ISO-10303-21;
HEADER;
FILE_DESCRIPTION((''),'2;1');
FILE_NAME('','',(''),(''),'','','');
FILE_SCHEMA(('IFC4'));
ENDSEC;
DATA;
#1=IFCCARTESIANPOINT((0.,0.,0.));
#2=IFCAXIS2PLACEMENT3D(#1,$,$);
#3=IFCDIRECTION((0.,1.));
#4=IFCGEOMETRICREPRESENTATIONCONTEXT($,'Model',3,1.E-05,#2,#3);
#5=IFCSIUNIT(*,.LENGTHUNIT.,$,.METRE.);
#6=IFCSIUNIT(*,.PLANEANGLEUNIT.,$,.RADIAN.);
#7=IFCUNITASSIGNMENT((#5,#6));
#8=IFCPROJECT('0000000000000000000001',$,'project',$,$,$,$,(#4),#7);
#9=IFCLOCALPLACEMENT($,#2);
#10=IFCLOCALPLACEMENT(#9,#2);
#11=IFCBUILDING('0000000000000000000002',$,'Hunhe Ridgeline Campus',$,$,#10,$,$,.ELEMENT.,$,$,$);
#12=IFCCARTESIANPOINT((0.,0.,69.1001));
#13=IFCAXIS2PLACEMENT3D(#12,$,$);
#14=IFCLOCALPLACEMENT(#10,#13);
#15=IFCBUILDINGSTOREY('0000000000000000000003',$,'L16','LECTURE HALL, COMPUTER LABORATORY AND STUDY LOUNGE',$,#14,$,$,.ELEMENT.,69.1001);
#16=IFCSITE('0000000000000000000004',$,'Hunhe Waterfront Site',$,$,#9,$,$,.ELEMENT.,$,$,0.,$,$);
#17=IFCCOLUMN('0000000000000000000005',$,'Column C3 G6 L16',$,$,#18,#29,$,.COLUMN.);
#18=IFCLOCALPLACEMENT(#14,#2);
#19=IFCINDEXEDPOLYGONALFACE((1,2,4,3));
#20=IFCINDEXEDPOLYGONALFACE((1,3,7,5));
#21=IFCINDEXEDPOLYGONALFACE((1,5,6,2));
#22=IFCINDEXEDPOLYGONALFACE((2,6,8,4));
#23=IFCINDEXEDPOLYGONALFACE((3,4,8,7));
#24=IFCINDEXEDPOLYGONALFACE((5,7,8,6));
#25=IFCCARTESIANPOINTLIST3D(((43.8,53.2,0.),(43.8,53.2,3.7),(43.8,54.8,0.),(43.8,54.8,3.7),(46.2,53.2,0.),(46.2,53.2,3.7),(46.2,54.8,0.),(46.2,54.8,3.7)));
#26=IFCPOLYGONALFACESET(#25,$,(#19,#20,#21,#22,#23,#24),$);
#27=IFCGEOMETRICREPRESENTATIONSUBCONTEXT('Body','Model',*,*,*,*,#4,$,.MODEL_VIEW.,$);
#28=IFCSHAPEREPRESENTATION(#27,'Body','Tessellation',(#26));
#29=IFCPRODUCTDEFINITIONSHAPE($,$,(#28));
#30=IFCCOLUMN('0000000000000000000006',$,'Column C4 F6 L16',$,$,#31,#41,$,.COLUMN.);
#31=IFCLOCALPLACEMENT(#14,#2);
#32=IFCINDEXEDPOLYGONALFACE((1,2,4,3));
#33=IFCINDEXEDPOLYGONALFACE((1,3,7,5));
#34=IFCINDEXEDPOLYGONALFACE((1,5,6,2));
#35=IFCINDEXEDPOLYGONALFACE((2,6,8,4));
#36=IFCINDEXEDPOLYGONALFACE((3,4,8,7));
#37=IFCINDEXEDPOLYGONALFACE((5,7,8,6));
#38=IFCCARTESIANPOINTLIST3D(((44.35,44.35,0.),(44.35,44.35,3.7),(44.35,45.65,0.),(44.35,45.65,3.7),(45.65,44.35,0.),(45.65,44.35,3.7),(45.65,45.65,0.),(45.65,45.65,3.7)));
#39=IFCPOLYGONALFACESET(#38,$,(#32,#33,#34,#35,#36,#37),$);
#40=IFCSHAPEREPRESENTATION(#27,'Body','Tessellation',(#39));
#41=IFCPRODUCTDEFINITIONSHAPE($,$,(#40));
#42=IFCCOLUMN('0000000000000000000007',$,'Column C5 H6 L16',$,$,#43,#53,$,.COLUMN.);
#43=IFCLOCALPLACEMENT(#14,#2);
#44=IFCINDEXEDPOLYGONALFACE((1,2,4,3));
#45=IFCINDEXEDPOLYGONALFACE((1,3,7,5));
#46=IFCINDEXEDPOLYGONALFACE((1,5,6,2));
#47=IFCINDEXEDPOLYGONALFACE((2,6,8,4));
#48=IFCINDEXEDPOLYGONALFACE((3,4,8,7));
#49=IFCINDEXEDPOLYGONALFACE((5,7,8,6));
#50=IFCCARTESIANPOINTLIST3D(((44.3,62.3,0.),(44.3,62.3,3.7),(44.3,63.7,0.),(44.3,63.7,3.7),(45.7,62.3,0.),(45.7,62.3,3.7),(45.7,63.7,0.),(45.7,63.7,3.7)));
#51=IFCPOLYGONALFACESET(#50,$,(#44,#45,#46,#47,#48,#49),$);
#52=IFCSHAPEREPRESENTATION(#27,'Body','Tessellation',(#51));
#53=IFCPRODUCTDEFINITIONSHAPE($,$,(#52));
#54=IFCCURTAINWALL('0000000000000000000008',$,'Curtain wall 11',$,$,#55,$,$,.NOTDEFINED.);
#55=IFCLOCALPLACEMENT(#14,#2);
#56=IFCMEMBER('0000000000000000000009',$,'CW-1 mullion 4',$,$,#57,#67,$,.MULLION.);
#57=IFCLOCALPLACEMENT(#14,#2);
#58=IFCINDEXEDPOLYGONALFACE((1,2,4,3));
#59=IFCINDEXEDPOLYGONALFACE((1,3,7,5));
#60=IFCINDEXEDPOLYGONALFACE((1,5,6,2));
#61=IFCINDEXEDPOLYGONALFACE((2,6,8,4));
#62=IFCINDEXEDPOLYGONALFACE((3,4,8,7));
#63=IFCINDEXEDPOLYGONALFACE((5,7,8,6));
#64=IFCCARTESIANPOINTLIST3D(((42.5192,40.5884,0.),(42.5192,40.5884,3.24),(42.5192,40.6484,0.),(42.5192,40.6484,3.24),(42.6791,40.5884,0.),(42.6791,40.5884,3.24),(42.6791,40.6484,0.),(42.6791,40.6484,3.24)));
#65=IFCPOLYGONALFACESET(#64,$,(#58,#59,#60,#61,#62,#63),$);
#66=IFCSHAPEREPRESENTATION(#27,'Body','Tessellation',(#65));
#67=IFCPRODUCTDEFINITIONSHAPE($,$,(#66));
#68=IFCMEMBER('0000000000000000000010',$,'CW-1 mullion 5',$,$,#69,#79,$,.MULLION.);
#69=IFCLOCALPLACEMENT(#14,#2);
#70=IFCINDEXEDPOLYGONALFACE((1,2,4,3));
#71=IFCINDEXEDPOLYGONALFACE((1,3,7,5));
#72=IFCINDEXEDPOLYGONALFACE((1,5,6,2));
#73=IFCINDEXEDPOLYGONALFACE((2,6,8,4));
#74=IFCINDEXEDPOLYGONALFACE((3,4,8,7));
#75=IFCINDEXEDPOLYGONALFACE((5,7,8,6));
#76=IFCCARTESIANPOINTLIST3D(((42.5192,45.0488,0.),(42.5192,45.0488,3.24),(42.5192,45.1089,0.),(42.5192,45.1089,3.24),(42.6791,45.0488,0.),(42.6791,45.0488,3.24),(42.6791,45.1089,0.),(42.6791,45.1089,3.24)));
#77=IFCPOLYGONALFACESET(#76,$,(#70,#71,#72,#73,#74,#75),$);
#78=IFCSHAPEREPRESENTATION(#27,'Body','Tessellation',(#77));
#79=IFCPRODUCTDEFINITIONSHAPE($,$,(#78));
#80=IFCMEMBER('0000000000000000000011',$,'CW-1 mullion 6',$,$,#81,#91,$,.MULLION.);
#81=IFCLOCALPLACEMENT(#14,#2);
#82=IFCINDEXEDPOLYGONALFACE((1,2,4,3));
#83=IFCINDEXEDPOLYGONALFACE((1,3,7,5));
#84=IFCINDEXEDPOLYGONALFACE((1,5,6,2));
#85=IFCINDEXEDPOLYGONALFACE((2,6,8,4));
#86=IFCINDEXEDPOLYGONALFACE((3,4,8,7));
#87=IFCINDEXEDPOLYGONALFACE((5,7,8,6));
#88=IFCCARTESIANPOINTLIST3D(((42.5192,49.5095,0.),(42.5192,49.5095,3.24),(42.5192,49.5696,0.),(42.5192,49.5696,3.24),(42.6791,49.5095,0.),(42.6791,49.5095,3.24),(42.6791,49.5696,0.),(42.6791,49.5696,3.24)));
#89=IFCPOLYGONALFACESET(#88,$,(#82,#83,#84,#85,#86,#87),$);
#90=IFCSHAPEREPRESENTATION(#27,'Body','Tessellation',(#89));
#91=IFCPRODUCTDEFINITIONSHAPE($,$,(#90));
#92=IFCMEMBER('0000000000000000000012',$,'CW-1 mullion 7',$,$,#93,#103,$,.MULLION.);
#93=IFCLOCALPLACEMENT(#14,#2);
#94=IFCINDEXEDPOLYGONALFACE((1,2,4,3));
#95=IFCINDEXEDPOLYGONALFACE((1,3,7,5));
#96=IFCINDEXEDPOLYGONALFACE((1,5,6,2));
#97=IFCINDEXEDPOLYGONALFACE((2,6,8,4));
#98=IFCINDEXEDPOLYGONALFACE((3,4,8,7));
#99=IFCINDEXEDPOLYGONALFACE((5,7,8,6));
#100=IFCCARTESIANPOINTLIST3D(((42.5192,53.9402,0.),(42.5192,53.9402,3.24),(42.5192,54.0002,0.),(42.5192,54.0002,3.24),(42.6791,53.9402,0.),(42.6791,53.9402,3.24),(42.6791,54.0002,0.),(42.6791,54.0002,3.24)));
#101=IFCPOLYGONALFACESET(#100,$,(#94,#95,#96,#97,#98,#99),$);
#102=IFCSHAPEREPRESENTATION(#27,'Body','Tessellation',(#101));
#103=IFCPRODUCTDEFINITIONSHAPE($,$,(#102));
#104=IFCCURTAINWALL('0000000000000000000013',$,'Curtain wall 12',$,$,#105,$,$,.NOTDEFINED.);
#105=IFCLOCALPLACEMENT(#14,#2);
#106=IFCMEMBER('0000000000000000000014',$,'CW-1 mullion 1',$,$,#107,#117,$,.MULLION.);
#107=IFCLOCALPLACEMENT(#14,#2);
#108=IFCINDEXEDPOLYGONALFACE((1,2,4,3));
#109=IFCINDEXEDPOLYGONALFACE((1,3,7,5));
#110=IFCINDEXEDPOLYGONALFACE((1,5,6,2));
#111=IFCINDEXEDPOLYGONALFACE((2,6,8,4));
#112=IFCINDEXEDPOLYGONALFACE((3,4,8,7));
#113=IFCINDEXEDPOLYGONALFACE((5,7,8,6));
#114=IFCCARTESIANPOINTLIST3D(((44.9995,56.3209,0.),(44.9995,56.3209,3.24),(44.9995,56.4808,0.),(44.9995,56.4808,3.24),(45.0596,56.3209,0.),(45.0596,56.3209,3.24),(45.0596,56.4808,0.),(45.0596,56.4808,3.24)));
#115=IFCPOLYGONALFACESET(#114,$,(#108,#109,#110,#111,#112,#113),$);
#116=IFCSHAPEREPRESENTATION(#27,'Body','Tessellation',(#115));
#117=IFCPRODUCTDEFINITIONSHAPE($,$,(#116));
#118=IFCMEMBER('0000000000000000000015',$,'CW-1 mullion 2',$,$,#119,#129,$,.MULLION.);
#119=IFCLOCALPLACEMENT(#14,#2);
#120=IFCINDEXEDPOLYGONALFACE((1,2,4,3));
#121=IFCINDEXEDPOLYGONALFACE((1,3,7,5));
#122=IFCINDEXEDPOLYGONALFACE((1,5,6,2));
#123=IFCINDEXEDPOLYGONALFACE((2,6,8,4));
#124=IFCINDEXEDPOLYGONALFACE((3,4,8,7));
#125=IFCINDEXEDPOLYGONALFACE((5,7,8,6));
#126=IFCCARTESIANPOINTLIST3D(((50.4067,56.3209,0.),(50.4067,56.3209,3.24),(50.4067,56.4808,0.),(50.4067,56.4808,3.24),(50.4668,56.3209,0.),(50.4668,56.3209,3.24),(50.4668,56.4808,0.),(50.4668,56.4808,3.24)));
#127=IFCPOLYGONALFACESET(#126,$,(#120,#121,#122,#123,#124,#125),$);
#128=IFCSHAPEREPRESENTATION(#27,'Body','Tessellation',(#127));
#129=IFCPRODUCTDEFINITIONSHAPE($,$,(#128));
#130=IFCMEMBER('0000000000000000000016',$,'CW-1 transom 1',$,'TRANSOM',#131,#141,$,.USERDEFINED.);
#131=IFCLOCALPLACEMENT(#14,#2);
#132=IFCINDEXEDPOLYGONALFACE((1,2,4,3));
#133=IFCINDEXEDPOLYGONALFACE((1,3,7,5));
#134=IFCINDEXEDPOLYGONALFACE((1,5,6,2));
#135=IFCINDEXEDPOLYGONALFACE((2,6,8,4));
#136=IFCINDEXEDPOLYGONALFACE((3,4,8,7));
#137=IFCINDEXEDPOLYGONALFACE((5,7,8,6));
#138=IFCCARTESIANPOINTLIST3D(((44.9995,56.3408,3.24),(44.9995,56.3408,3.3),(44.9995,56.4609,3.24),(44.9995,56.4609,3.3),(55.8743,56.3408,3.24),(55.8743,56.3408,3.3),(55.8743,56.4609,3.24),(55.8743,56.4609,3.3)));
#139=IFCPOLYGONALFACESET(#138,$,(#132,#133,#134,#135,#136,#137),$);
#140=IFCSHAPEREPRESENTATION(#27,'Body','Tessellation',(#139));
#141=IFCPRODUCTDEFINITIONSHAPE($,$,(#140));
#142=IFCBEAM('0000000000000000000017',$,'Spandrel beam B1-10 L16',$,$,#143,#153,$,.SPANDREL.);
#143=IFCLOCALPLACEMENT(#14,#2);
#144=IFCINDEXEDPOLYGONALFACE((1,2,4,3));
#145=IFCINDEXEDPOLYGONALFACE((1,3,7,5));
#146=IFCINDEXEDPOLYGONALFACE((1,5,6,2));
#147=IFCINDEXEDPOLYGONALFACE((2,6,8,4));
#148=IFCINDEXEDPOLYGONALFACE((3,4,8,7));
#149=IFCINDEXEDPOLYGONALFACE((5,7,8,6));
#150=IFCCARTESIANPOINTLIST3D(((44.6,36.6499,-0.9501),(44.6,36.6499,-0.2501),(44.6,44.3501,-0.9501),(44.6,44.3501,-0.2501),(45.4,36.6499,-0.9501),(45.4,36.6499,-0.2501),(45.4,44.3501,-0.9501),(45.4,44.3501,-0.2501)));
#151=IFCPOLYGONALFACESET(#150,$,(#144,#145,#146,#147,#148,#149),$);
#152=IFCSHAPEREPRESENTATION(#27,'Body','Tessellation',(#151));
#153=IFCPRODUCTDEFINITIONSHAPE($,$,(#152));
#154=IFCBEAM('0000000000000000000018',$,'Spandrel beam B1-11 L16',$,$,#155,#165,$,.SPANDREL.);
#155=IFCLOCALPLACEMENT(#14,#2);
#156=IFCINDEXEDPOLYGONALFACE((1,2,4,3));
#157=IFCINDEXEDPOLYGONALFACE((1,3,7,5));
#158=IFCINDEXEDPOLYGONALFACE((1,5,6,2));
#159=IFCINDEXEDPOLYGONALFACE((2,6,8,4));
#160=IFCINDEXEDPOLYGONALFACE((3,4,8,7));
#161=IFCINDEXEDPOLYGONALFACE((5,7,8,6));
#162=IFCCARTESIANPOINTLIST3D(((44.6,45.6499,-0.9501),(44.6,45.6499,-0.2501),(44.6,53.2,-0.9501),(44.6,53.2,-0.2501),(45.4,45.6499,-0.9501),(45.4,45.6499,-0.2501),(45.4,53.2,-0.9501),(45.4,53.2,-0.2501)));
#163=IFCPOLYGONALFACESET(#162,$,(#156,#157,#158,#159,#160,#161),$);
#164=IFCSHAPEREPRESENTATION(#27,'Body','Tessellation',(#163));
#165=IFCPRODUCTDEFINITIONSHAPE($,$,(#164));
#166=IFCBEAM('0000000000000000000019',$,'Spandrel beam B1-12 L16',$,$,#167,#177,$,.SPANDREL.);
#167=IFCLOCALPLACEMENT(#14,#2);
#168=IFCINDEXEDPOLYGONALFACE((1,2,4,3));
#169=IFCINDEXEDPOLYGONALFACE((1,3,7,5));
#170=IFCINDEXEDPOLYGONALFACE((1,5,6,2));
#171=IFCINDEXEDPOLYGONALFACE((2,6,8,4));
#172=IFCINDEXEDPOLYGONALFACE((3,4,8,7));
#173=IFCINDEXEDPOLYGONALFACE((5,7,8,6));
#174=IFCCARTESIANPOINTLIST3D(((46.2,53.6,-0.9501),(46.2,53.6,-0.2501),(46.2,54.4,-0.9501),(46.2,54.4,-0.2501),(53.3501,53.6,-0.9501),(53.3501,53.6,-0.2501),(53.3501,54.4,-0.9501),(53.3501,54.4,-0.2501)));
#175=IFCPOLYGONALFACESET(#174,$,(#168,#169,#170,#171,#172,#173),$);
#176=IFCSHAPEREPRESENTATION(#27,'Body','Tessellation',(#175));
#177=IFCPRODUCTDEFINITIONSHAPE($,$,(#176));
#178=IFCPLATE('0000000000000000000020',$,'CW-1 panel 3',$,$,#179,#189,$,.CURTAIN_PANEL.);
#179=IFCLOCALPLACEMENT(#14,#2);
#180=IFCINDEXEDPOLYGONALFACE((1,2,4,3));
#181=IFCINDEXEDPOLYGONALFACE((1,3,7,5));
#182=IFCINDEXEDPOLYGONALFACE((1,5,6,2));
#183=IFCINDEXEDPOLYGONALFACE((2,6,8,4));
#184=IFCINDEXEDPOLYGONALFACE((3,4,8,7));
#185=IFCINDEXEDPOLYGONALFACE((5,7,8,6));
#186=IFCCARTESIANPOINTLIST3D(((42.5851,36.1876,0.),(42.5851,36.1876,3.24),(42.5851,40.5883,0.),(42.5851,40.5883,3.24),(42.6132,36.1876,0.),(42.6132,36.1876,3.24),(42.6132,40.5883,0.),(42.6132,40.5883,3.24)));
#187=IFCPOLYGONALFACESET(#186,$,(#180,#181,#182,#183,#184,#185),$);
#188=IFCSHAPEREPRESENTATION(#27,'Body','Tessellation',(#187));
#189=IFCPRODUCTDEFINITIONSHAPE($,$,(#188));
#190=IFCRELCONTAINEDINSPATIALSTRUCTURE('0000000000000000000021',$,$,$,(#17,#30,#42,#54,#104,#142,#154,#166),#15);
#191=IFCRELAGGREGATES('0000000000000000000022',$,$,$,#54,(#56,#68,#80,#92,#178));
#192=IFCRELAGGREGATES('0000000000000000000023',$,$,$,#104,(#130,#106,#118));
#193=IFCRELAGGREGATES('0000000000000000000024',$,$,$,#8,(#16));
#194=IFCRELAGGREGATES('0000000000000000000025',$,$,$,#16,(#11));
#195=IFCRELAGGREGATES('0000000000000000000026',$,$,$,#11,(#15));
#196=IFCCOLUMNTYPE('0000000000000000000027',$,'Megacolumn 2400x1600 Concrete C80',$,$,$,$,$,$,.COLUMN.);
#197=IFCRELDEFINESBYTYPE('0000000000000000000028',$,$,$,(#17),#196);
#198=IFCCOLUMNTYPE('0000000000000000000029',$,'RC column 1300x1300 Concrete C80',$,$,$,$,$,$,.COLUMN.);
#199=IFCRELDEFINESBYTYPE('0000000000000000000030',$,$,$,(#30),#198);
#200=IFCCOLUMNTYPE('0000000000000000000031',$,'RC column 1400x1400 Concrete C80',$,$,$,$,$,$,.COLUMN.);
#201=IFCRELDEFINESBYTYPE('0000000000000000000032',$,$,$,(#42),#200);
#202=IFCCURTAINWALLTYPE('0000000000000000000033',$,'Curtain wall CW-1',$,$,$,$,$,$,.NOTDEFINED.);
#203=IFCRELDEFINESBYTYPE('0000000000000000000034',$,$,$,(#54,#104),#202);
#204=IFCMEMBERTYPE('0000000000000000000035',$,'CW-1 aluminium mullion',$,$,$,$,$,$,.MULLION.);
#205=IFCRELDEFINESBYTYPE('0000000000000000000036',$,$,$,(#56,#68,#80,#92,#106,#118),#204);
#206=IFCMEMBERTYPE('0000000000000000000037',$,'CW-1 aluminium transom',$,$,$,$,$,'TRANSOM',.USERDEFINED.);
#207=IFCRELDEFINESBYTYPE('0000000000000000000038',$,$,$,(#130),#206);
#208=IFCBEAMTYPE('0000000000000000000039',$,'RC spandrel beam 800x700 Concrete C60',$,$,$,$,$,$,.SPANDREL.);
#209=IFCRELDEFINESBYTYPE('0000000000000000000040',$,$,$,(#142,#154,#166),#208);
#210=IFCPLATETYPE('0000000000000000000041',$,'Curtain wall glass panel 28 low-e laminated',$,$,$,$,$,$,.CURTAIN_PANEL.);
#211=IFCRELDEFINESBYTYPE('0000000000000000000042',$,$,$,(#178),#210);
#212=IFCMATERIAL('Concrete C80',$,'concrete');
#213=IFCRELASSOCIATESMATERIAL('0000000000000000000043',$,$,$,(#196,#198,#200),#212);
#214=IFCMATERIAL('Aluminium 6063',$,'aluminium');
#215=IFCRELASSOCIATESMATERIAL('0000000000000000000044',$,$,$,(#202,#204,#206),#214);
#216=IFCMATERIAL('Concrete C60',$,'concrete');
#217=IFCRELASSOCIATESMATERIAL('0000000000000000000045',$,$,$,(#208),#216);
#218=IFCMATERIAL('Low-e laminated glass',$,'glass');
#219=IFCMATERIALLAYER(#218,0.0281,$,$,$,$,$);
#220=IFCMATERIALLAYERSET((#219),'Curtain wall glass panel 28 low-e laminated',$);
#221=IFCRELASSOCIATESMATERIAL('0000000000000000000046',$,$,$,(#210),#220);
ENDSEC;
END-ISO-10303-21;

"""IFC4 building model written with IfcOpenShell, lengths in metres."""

from ifc_helpers import new_model, si_unit, direction, frame, origin, origin_2d, place, context, subcontext, project, spatial, rectangle, extrude, material, layer, layer_set, material_profile, profile_set, type_object, element, aggregate, save


model = new_model("IFC4")

# Units and contexts
model_context = context("Model", 3, precision=1e-05, world=origin(), true_north=direction((0.0, 1.0)))
body_context = subcontext(model_context, "Body", "Model", "MODEL_VIEW")
ifc_project = project(units=[si_unit("LENGTHUNIT", "METRE"), si_unit("PLANEANGLEUNIT", "RADIAN")], contexts=[model_context])

# Site, building, storey
site_placement = place(None, origin())
site = spatial("IfcSite", under=ifc_project, at=site_placement, Name="Hunhe Waterfront Site", CompositionType="ELEMENT", RefElevation=0.0)
building_placement = place(site_placement, origin())
building = spatial("IfcBuilding", under=site, at=building_placement, Name="Hunhe Ridgeline Campus", CompositionType="ELEMENT")
storey_placement = place(building_placement, frame((0.0, 0.0, 69.1001)))
storey = spatial("IfcBuildingStorey", under=building, at=storey_placement, Name="L16", Description="LECTURE HALL, COMPUTER LABORATORY AND STUDY LOUNGE", CompositionType="ELEMENT", Elevation=69.1001)

# Columns
ifc_material_1 = material(Name="Concrete C80", Category="concrete")
ifc_material_profile_1 = material_profile(ifc_material_1, rectangle(XDim=2.3999, YDim=1.6001, at=origin_2d()))
ifc_profile_set_1 = profile_set([ifc_material_profile_1], Name="Concrete C80")
column_type_1 = type_object("IfcColumnType", Name="Megacolumn 2400x1600 Concrete C80", PredefinedType="COLUMN", material=ifc_profile_set_1)
column_1_placement = place(storey_placement, frame((45.0, 54.0, 0.0), z_axis=(0.0, 0.0, 1.0), x_axis=(1.0, 0.0, 0.0)))
element("IfcColumn", 1, at=column_1_placement, inside=storey, type_object=column_type_1, Name="Column C3 G6 L16", PredefinedType="COLUMN", context=body_context, shape_type="SweptSolid", body=[
    extrude(rectangle(XDim=2.3999, YDim=1.6001, at=origin_2d()), origin(), (0.0, 0.0, 1.0), 3.7),
])
ifc_material_profile_2 = material_profile(ifc_material_1, rectangle(XDim=1.3, YDim=1.3, at=origin_2d()))
ifc_profile_set_2 = profile_set([ifc_material_profile_2], Name="Concrete C80")
column_type_2 = type_object("IfcColumnType", Name="RC column 1300x1300 Concrete C80", PredefinedType="COLUMN", material=ifc_profile_set_2)
column_2_placement = place(storey_placement, frame((45.0, 45.0, 0.0), z_axis=(0.0, 0.0, 1.0), x_axis=(1.0, 0.0, 0.0)))
element("IfcColumn", 2, at=column_2_placement, inside=storey, type_object=column_type_2, Name="Column C4 F6 L16", PredefinedType="COLUMN", context=body_context, shape_type="SweptSolid", body=[
    extrude(rectangle(XDim=1.3, YDim=1.3, at=origin_2d()), origin(), (0.0, 0.0, 1.0), 3.7),
])
ifc_material_profile_3 = material_profile(ifc_material_1, rectangle(XDim=1.3999, YDim=1.3999, at=origin_2d()))
ifc_profile_set_3 = profile_set([ifc_material_profile_3], Name="Concrete C80")
column_type_3 = type_object("IfcColumnType", Name="RC column 1400x1400 Concrete C80", PredefinedType="COLUMN", material=ifc_profile_set_3)
column_3_placement = place(storey_placement, frame((45.0, 63.0, 0.0), z_axis=(0.0, 0.0, 1.0), x_axis=(1.0, 0.0, 0.0)))
element("IfcColumn", 3, at=column_3_placement, inside=storey, type_object=column_type_3, Name="Column C5 H6 L16", PredefinedType="COLUMN", context=body_context, shape_type="SweptSolid", body=[
    extrude(rectangle(XDim=1.3999, YDim=1.3999, at=origin_2d()), origin(), (0.0, 0.0, 1.0), 3.7),
])

# Curtain walls, members
ifc_material_2 = material(Name="Aluminium 6063", Category="aluminium")
curtain_wall_type = type_object("IfcCurtainWallType", Name="Curtain wall CW-1", PredefinedType="NOTDEFINED", material=ifc_material_2)
curtain_wall_1_placement = place(storey_placement, origin())
curtain_wall_1 = element("IfcCurtainWall", 4, at=curtain_wall_1_placement, inside=storey, type_object=curtain_wall_type, Name="Curtain wall 11", PredefinedType="NOTDEFINED")
ifc_material_profile_4 = material_profile(ifc_material_2, rectangle(XDim=0.1599, YDim=0.0601, at=origin_2d()))
ifc_profile_set_4 = profile_set([ifc_material_profile_4], Name="Aluminium 6063")
member_type_1 = type_object("IfcMemberType", Name="CW-1 aluminium mullion", PredefinedType="MULLION", material=ifc_profile_set_4)
member_1_placement = place(storey_placement, frame((42.5991, 40.6184, 0.0), z_axis=(0.0, 0.0, 1.0), x_axis=(-1.0, 0.0, 0.0)))
member_1 = element("IfcMember", 5, at=member_1_placement, type_object=member_type_1, Name="CW-1 mullion 4", PredefinedType="MULLION", context=body_context, shape_type="SweptSolid", body=[
    extrude(rectangle(XDim=0.1599, YDim=0.0601, at=origin_2d()), origin(), (0.0, 0.0, 1.0), 3.24),
])
member_2_placement = place(storey_placement, frame((42.5991, 45.0789, 0.0), z_axis=(0.0, 0.0, 1.0), x_axis=(-1.0, 0.0, 0.0)))
member_2 = element("IfcMember", 6, at=member_2_placement, type_object=member_type_1, Name="CW-1 mullion 5", PredefinedType="MULLION", context=body_context, shape_type="SweptSolid", body=[
    extrude(rectangle(XDim=0.1599, YDim=0.0601, at=origin_2d()), origin(), (0.0, 0.0, 1.0), 3.24),
])
member_3_placement = place(storey_placement, frame((42.5991, 49.5396, 0.0), z_axis=(0.0, 0.0, 1.0), x_axis=(-1.0, 0.0, 0.0)))
member_3 = element("IfcMember", 7, at=member_3_placement, type_object=member_type_1, Name="CW-1 mullion 6", PredefinedType="MULLION", context=body_context, shape_type="SweptSolid", body=[
    extrude(rectangle(XDim=0.1599, YDim=0.0601, at=origin_2d()), origin(), (0.0, 0.0, 1.0), 3.24),
])
member_4_placement = place(storey_placement, frame((42.5991, 53.9702, 0.0), z_axis=(0.0, 0.0, 1.0), x_axis=(-1.0, 0.0, 0.0)))
member_4 = element("IfcMember", 8, at=member_4_placement, type_object=member_type_1, Name="CW-1 mullion 7", PredefinedType="MULLION", context=body_context, shape_type="SweptSolid", body=[
    extrude(rectangle(XDim=0.1599, YDim=0.0601, at=origin_2d()), origin(), (0.0, 0.0, 1.0), 3.24),
])
curtain_wall_2_placement = place(storey_placement, origin())
curtain_wall_2 = element("IfcCurtainWall", 9, at=curtain_wall_2_placement, inside=storey, type_object=curtain_wall_type, Name="Curtain wall 12", PredefinedType="NOTDEFINED")
member_5_placement = place(storey_placement, frame((45.0295, 56.4009, 0.0), z_axis=(0.0, 0.0, 1.0), x_axis=(-0.000004, 1.0, 0.0)))
member_5 = element("IfcMember", 10, at=member_5_placement, type_object=member_type_1, Name="CW-1 mullion 1", PredefinedType="MULLION", context=body_context, shape_type="SweptSolid", body=[
    extrude(rectangle(XDim=0.1599, YDim=0.0601, at=origin_2d()), origin(), (0.0, 0.0, 1.0), 3.24),
])
member_6_placement = place(storey_placement, frame((50.4368, 56.4009, 0.0), z_axis=(0.0, 0.0, 1.0), x_axis=(-0.000004, 1.0, 0.0)))
member_6 = element("IfcMember", 11, at=member_6_placement, type_object=member_type_1, Name="CW-1 mullion 2", PredefinedType="MULLION", context=body_context, shape_type="SweptSolid", body=[
    extrude(rectangle(XDim=0.1599, YDim=0.0601, at=origin_2d()), origin(), (0.0, 0.0, 1.0), 3.24),
])
ifc_material_profile_5 = material_profile(ifc_material_2, rectangle(XDim=0.1201, YDim=0.0601, at=origin_2d()))
ifc_profile_set_5 = profile_set([ifc_material_profile_5], Name="Aluminium 6063")
member_type_2 = type_object("IfcMemberType", Name="CW-1 aluminium transom", ElementType="TRANSOM", PredefinedType="USERDEFINED", material=ifc_profile_set_5)
member_7_placement = place(storey_placement, frame((44.9995, 56.4009, 3.27), z_axis=(1.0, 0.0, 0.0), x_axis=(0.0, 1.0, 0.0)))
member_7 = element("IfcMember", 12, at=member_7_placement, type_object=member_type_2, Name="CW-1 transom 1", ObjectType="TRANSOM", PredefinedType="USERDEFINED", context=body_context, shape_type="SweptSolid", body=[
    extrude(rectangle(XDim=0.1201, YDim=0.0601, at=origin_2d()), origin(), (0.0, 0.0, 1.0), 10.8748),
])

# Beams
ifc_material_3 = material(Name="Concrete C60", Category="concrete")
ifc_material_profile_6 = material_profile(ifc_material_3, rectangle(XDim=0.8, YDim=0.7, at=origin_2d()))
ifc_profile_set_6 = profile_set([ifc_material_profile_6], Name="Concrete C60")
beam_type = type_object("IfcBeamType", Name="RC spandrel beam 800x700 Concrete C60", PredefinedType="SPANDREL", material=ifc_profile_set_6)
beam_1_placement = place(storey_placement, frame((45.0, 36.6499, -0.6001), z_axis=(0.0, 1.0, 0.0), x_axis=(-1.0, 0.0, 0.0)))
element("IfcBeam", 13, at=beam_1_placement, inside=storey, type_object=beam_type, Name="Spandrel beam B1-10 L16", PredefinedType="SPANDREL", context=body_context, shape_type="SweptSolid", body=[
    extrude(rectangle(XDim=0.8, YDim=0.7, at=origin_2d()), origin(), (0.0, 0.0, 1.0), 7.7002),
])
beam_2_placement = place(storey_placement, frame((45.0, 45.6499, -0.6001), z_axis=(0.0, 1.0, 0.0), x_axis=(-1.0, 0.0, 0.0)))
element("IfcBeam", 14, at=beam_2_placement, inside=storey, type_object=beam_type, Name="Spandrel beam B1-11 L16", PredefinedType="SPANDREL", context=body_context, shape_type="SweptSolid", body=[
    extrude(rectangle(XDim=0.8, YDim=0.7, at=origin_2d()), origin(), (0.0, 0.0, 1.0), 7.55),
])
beam_3_placement = place(storey_placement, frame((46.2, 54.0, -0.6001), z_axis=(1.0, 0.0, 0.0), x_axis=(0.0, 1.0, 0.0)))
element("IfcBeam", 15, at=beam_3_placement, inside=storey, type_object=beam_type, Name="Spandrel beam B1-12 L16", PredefinedType="SPANDREL", context=body_context, shape_type="SweptSolid", body=[
    extrude(rectangle(XDim=0.8, YDim=0.7, at=origin_2d()), origin(), (0.0, 0.0, 1.0), 7.1501),
])

# Plate
ifc_material_4 = material(Name="Low-e laminated glass", Category="glass")
ifc_layer_1 = layer(ifc_material_4, 0.0281)
ifc_layer_set_1 = layer_set([ifc_layer_1], Name="Curtain wall glass panel 28 low-e laminated")
plate_type = type_object("IfcPlateType", Name="Curtain wall glass panel 28 low-e laminated", PredefinedType="CURTAIN_PANEL", material=ifc_layer_set_1)
plate_1_placement = place(storey_placement, frame((42.5991, 38.3879, 0.0), z_axis=(0.0, 0.0, 1.0), x_axis=(0.0, 1.0, 0.0)))
plate_1 = element("IfcPlate", 16, at=plate_1_placement, type_object=plate_type, Name="CW-1 panel 3", PredefinedType="CURTAIN_PANEL", context=body_context, shape_type="SweptSolid", body=[
    extrude(rectangle(XDim=4.4006, YDim=0.0281, at=origin_2d()), origin(), (0.0, 0.0, 1.0), 3.24),
])
aggregate(curtain_wall_1, [member_1, member_2, member_3, member_4, plate_1])
aggregate(curtain_wall_2, [member_7, member_5, member_6])

save(model, "model.ifc")
